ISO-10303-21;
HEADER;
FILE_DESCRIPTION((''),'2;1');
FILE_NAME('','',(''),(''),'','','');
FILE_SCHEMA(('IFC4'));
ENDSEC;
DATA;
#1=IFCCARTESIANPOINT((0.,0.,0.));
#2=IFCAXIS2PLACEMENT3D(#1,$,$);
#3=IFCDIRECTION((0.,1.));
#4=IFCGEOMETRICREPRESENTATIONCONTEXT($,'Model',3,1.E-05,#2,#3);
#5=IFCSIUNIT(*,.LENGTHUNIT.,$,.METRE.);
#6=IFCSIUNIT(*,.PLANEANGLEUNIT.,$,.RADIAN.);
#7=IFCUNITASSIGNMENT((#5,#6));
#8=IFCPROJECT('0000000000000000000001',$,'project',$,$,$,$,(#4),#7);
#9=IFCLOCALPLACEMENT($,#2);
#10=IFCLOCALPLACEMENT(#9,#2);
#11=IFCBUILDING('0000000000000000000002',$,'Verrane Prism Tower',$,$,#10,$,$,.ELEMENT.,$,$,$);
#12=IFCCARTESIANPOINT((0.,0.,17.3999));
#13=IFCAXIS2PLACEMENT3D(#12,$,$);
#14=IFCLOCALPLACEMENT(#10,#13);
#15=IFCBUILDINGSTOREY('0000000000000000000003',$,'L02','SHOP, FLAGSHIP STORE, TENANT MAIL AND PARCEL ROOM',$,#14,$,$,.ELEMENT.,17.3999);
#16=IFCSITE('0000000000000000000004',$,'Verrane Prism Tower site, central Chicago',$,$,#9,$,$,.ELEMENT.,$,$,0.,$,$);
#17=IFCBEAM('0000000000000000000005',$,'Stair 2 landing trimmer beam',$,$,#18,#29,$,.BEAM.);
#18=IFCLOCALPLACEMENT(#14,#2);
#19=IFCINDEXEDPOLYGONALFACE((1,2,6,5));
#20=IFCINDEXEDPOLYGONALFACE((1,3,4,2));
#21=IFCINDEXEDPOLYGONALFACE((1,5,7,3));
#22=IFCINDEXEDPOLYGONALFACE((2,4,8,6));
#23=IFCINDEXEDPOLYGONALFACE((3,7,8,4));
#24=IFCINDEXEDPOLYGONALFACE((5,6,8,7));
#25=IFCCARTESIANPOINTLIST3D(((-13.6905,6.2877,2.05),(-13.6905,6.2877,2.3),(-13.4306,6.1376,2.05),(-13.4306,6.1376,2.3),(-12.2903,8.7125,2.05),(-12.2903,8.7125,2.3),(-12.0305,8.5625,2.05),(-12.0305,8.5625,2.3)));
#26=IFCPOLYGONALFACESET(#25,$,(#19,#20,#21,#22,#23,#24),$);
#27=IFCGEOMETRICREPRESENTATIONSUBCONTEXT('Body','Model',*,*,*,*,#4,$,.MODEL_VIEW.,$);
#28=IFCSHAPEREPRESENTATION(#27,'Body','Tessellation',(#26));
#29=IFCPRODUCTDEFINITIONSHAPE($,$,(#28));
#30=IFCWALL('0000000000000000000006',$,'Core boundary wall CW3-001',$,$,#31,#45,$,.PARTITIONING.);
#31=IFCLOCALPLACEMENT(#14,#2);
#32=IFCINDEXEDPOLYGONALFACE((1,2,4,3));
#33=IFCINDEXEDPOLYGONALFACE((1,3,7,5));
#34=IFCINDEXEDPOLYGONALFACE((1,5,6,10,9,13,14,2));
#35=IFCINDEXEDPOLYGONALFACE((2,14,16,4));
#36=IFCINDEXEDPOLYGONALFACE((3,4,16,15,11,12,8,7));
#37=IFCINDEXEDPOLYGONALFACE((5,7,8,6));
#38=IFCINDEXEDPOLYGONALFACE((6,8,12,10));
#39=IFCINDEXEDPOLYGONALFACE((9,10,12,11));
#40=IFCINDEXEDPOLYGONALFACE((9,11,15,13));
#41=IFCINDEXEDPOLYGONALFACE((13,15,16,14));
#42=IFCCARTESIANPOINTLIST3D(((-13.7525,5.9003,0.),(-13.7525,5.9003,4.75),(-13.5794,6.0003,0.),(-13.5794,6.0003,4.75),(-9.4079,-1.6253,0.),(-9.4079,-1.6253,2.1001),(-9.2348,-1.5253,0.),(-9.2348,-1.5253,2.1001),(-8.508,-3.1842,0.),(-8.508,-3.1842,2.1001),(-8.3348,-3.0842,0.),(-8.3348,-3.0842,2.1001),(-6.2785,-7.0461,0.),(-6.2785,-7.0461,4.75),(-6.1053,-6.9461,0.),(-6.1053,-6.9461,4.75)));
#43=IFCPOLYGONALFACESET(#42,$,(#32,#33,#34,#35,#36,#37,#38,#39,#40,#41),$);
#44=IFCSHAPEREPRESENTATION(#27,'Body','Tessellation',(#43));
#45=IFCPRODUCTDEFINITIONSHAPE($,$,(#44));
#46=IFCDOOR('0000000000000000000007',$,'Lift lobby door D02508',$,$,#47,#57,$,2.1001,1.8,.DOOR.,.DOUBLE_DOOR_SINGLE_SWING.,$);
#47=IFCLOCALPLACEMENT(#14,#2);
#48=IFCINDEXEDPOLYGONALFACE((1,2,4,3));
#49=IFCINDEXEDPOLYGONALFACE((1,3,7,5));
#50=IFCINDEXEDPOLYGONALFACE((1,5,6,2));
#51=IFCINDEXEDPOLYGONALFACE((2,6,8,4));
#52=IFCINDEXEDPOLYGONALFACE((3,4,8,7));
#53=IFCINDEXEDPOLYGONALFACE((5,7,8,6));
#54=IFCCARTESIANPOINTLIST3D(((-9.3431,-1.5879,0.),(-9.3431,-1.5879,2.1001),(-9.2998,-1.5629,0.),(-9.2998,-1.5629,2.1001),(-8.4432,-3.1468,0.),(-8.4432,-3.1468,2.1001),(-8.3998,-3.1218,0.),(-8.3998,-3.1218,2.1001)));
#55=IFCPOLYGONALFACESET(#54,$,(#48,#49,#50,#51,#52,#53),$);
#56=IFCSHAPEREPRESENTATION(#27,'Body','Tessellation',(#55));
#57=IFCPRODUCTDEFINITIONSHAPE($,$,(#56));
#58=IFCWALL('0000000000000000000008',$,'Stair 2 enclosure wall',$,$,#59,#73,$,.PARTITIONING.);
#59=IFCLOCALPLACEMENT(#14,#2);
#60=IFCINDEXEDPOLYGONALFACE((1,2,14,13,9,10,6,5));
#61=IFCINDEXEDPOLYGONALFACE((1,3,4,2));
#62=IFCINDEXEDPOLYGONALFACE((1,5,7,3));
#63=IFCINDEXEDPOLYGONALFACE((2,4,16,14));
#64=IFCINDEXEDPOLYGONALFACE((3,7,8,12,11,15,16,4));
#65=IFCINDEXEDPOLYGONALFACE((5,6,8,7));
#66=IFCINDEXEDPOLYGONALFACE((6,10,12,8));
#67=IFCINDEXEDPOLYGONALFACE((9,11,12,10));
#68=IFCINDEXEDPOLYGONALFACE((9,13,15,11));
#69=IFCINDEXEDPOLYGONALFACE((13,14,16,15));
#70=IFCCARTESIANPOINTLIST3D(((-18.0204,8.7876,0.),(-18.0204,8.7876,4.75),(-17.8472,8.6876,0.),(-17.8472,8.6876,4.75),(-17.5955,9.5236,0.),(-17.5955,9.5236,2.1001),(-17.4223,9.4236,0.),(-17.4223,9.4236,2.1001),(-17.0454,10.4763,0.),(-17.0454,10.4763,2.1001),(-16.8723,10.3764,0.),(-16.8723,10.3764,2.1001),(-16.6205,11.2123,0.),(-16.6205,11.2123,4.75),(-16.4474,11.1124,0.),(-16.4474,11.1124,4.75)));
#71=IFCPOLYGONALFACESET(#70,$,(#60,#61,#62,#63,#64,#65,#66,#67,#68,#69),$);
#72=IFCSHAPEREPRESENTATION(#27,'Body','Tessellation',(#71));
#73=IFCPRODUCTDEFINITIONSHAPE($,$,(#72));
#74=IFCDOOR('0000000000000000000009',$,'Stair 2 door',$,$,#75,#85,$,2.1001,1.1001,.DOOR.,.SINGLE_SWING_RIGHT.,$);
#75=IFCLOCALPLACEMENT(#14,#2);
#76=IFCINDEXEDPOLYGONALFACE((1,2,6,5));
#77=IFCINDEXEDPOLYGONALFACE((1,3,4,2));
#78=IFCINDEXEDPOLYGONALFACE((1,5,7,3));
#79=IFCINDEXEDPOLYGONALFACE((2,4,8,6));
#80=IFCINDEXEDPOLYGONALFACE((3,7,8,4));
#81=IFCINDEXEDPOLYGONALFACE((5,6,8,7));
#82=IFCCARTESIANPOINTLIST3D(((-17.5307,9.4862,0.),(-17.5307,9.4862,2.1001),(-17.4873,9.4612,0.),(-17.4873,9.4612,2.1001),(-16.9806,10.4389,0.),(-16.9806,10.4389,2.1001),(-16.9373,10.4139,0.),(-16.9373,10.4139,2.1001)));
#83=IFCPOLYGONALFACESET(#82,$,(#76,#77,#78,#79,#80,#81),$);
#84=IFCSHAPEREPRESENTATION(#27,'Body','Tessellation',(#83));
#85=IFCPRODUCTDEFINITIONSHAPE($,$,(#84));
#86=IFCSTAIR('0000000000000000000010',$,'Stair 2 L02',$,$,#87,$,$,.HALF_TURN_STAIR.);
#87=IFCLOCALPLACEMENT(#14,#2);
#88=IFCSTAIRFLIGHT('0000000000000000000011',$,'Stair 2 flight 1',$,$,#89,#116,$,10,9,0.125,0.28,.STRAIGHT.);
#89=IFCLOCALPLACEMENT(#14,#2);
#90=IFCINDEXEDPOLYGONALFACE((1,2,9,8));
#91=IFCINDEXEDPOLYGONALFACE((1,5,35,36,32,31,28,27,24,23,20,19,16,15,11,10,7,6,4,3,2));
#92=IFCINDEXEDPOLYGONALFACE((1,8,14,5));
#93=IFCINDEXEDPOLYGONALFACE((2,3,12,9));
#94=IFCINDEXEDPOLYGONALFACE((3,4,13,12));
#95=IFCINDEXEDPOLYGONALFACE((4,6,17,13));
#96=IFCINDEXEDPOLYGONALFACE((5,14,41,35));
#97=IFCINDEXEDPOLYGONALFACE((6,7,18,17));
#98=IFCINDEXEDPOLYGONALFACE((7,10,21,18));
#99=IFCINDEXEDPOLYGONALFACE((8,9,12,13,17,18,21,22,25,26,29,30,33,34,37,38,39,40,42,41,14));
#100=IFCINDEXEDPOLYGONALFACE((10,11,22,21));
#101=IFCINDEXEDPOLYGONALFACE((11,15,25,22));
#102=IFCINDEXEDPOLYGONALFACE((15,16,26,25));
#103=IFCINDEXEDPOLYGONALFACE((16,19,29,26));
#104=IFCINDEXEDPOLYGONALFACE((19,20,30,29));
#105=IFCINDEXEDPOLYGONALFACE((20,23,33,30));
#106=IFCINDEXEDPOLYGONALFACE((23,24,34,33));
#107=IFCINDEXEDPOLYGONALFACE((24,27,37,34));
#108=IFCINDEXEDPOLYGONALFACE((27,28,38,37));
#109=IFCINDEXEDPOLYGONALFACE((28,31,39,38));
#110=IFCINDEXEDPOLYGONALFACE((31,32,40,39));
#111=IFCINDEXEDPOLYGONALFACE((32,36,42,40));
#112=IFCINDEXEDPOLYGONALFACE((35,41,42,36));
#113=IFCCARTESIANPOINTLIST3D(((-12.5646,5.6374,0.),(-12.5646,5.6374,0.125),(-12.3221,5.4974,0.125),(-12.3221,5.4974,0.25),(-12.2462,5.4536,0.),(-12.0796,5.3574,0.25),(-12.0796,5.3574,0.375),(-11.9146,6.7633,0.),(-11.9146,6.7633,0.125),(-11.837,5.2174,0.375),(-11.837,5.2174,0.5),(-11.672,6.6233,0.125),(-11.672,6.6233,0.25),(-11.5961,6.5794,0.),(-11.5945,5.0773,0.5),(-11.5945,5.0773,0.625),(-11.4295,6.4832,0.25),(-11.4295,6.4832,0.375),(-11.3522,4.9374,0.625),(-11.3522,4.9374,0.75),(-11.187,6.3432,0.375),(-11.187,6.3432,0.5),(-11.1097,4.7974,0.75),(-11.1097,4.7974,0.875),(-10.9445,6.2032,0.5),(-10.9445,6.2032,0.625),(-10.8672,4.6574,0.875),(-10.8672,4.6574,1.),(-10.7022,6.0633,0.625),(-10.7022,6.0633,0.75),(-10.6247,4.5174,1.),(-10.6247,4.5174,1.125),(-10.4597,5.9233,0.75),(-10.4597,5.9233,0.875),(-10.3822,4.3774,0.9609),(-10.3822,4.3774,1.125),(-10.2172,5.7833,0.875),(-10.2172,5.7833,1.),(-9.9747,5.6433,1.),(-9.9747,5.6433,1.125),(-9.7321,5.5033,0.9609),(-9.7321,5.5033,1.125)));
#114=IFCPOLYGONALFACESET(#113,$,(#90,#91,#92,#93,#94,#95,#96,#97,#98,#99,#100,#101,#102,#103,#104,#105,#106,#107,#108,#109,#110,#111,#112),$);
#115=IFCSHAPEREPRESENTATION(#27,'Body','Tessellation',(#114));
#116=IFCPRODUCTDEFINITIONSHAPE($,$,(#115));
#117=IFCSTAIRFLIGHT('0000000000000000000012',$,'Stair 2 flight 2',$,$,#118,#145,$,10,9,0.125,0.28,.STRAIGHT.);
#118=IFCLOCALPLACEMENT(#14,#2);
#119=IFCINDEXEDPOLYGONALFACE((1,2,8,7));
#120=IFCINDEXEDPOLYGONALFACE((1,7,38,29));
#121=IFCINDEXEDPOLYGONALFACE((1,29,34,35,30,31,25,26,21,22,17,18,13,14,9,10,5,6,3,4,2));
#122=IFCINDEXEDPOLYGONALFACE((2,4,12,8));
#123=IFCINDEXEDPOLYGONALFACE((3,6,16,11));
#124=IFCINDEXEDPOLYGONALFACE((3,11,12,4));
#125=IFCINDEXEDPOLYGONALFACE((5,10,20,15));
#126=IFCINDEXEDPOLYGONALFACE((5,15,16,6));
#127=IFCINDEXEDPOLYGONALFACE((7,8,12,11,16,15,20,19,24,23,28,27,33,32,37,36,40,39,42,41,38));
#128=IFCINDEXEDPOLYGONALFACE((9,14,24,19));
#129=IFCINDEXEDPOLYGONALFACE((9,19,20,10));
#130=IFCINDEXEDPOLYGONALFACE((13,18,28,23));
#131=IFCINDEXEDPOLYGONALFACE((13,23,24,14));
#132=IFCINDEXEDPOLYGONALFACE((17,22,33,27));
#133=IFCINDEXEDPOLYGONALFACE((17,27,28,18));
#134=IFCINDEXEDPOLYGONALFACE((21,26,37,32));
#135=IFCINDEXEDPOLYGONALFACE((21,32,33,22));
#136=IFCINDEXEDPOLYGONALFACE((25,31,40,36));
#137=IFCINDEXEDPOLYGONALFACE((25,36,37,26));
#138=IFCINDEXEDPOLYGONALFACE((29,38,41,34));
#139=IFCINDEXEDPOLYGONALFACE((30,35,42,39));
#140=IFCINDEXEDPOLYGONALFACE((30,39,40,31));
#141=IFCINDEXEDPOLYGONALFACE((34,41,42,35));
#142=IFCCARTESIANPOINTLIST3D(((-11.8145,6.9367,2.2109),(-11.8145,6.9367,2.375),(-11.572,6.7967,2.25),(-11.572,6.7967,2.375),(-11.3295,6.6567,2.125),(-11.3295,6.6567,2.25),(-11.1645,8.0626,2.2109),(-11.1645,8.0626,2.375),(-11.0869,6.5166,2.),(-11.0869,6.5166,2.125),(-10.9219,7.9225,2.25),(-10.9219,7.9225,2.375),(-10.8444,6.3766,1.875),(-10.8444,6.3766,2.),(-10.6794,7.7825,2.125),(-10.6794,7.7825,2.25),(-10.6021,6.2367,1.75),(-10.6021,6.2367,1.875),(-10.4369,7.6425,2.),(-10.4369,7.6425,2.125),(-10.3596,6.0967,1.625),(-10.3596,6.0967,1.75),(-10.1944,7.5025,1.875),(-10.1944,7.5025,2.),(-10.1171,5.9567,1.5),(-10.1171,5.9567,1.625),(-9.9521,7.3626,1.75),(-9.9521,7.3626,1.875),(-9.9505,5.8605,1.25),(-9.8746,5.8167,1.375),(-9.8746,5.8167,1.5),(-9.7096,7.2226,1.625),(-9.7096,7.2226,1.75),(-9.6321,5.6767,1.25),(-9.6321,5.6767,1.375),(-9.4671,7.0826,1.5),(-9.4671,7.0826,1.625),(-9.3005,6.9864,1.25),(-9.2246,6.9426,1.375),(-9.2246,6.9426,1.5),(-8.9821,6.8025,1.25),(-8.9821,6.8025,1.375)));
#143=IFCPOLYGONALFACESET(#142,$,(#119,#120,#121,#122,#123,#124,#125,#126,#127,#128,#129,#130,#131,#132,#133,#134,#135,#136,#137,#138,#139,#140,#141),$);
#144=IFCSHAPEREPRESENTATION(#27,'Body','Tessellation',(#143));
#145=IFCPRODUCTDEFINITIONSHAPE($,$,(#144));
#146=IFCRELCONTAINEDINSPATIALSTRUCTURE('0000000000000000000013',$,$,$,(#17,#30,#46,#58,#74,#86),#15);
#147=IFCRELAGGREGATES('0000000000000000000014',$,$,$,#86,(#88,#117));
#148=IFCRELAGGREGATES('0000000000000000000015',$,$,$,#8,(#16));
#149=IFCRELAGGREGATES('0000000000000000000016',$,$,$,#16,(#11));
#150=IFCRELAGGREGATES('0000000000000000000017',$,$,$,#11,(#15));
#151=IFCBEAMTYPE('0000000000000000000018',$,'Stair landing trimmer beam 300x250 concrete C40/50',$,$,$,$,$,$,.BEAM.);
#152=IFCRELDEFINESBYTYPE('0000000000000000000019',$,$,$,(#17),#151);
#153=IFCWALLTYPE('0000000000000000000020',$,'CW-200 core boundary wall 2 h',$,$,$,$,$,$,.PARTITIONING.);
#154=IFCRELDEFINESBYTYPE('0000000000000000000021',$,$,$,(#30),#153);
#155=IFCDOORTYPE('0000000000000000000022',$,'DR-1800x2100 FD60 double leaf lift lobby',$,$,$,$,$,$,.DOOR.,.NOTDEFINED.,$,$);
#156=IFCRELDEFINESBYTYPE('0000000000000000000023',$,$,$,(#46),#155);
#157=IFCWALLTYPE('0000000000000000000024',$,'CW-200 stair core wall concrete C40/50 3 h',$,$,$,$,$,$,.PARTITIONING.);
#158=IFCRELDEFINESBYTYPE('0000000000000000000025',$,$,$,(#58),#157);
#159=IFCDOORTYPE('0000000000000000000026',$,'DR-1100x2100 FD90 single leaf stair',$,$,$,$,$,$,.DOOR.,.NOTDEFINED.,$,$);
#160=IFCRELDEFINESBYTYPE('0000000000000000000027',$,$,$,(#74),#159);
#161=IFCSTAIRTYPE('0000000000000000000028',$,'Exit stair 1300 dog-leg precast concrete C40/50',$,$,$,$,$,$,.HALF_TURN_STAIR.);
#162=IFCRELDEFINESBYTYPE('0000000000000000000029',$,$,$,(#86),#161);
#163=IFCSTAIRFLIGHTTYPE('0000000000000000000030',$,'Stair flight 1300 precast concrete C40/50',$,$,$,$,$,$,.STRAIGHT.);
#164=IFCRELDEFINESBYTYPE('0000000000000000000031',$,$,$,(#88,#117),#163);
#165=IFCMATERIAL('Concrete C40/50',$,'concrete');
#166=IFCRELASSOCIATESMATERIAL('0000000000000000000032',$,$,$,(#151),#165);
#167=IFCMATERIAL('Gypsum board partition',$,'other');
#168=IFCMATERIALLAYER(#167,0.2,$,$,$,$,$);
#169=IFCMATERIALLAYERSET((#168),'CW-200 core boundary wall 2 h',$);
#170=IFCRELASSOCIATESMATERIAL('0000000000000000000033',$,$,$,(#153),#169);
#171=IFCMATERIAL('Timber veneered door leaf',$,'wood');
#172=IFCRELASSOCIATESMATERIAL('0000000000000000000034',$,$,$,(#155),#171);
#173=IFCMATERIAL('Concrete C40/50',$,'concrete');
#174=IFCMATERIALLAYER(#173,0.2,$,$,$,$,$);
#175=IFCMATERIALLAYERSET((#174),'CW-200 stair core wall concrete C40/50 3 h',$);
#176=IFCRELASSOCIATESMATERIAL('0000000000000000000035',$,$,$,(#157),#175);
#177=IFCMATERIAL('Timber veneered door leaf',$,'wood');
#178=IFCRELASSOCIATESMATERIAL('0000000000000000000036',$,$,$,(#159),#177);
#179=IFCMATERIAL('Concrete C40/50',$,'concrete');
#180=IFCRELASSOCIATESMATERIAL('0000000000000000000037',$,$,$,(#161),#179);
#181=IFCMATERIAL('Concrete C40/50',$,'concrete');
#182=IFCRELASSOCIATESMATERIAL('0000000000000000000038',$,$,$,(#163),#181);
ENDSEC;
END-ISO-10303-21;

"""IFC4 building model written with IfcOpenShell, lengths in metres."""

from ifc_helpers import new_model, si_unit, direction, frame, frame_2d, origin, origin_2d, place, context, subcontext, project, spatial, polyline, rectangle, outline, extrude, material, layer, layer_set, material_profile, profile_set, type_object, element, fill, aggregate, save


model = new_model("IFC4")

# Units and contexts
model_context = context("Model", 3, precision=1e-05, world=origin(), true_north=direction((0.0, 1.0)))
body_context = subcontext(model_context, "Body", "Model", "MODEL_VIEW")
ifc_project = project(units=[si_unit("LENGTHUNIT", "METRE"), si_unit("PLANEANGLEUNIT", "RADIAN")], contexts=[model_context])

# Site, building, storey
site_placement = place(None, origin())
site = spatial("IfcSite", under=ifc_project, at=site_placement, Name="Verrane Prism Tower site, central Chicago", CompositionType="ELEMENT", RefElevation=0.0)
building_placement = place(site_placement, origin())
building = spatial("IfcBuilding", under=site, at=building_placement, Name="Verrane Prism Tower", CompositionType="ELEMENT")
storey_placement = place(building_placement, frame((0.0, 0.0, 17.3999)))
storey = spatial("IfcBuildingStorey", under=building, at=storey_placement, Name="L02", Description="SHOP, FLAGSHIP STORE, TENANT MAIL AND PARCEL ROOM", CompositionType="ELEMENT", Elevation=17.3999)

# Beam
ifc_material_1 = material(Name="Concrete C40/50", Category="concrete")
ifc_material_profile_1 = material_profile(ifc_material_1, rectangle(XDim=0.3, YDim=0.25, at=origin_2d()), Name="RC 300x250")
ifc_profile_set_1 = profile_set([ifc_material_profile_1], Name="Concrete C40/50")
beam_type_1 = type_object("IfcBeamType", Name="Stair landing trimmer beam 300x250 concrete C40/50", PredefinedType="BEAM", material=ifc_profile_set_1)
beam_1_placement = place(storey_placement, frame((-13.5605, 6.2126, 2.175), z_axis=(0.50005, 0.865997, 0.0), x_axis=(-0.865997, 0.50005, 0.0)))
element("IfcBeam", 1, at=beam_1_placement, inside=storey, type_object=beam_type_1, Name="Stair 2 landing trimmer beam", PredefinedType="BEAM", context=body_context, shape_type="SweptSolid", body=[
    extrude(rectangle(XDim=0.3, YDim=0.25, at=origin_2d()), origin(), (0.0, 0.0, 1.0), 2.8),
])

# Walls, openings, doors
ifc_material_2 = material(Name="Gypsum board partition", Category="other")
ifc_layer_1 = layer(ifc_material_2, 0.2)
ifc_layer_set_1 = layer_set([ifc_layer_1], Name="CW-200 core boundary wall 2 h")
wall_type_1 = type_object("IfcWallType", Name="CW-200 core boundary wall 2 h", PredefinedType="PARTITIONING", material=ifc_layer_set_1)
wall_1_placement = place(storey_placement, frame((-13.666, 5.9504, 0.0), z_axis=(0.0, 0.0, 1.0), x_axis=(0.499972, -0.866042, 0.0)))
wall_1 = element("IfcWall", 2, at=wall_1_placement, inside=storey, type_object=wall_type_1, Name="Core boundary wall CW3-001", PredefinedType="PARTITIONING", context=body_context, shape_type="SweptSolid", body=[
    extrude(rectangle(XDim=14.949, YDim=0.2, at=frame_2d((7.4746, 0.0))), origin(), (0.0, 0.0, 1.0), 4.75),
])
opening_1_placement = place(wall_1_placement, frame((8.6899, 0.0, 0.0)))
opening_1 = element("IfcOpeningElement", 3, at=opening_1_placement, cuts=wall_1, PredefinedType="OPENING", context=body_context, shape_type="SweptSolid", body=[
    extrude(rectangle(XDim=1.8, YDim=2.1001, at=frame_2d((0.8999, 1.05))), frame((0.0, 0.1099, 0.0), z_axis=(0.0, -1.0, 0.0), x_axis=(1.0, 0.0, 0.0)), (0.0, 0.0, 1.0), 0.22),
])
ifc_material_3 = material(Name="Timber veneered door leaf", Category="wood")
door_type_1 = type_object("IfcDoorType", Name="DR-1800x2100 FD60 double leaf lift lobby", OperationType="NOTDEFINED", PredefinedType="DOOR", material=ifc_material_3)
door_1_placement = place(opening_1_placement, origin())
door_1 = element("IfcDoor", 4, at=door_1_placement, inside=storey, type_object=door_type_1, Name="Lift lobby door D02508", OperationType="DOUBLE_DOOR_SINGLE_SWING", OverallHeight=2.1001, OverallWidth=1.8, PredefinedType="DOOR", context=body_context, shape_type="SweptSolid", body=[
    extrude(rectangle(XDim=1.8, YDim=2.1001, at=frame_2d((0.8999, 1.05))), frame((0.0, 0.0249, 0.0), z_axis=(0.0, -1.0, 0.0), x_axis=(1.0, 0.0, 0.0)), (0.0, 0.0, 1.0), 0.05),
])
fill(opening_1, door_1)
ifc_material_4 = material(Name="Concrete C40/50", Category="concrete")
ifc_layer_2 = layer(ifc_material_4, 0.2)
ifc_layer_set_2 = layer_set([ifc_layer_2], Name="CW-200 stair core wall concrete C40/50 3 h")
wall_type_2 = type_object("IfcWallType", Name="CW-200 stair core wall concrete C40/50 3 h", PredefinedType="PARTITIONING", material=ifc_layer_set_2)
wall_2_placement = place(storey_placement, frame((-16.5339, 11.1624, 0.0), z_axis=(0.0, 0.0, 1.0), x_axis=(-0.499984, -0.866035, 0.0)))
wall_2 = element("IfcWall", 5, at=wall_2_placement, inside=storey, type_object=wall_type_2, Name="Stair 2 enclosure wall", PredefinedType="PARTITIONING", context=body_context, shape_type="SweptSolid", body=[
    extrude(rectangle(XDim=2.7998, YDim=0.2, at=frame_2d((1.3999, 0.0))), origin(), (0.0, 0.0, 1.0), 4.75),
])
opening_2_placement = place(wall_2_placement, frame((0.8499, 0.0, 0.0)))
opening_2 = element("IfcOpeningElement", 6, at=opening_2_placement, cuts=wall_2, PredefinedType="OPENING", context=body_context, shape_type="SweptSolid", body=[
    extrude(rectangle(XDim=1.1001, YDim=2.1001, at=frame_2d((0.55, 1.05))), frame((0.0, 0.1099, 0.0), z_axis=(0.0, -1.0, 0.0), x_axis=(1.0, 0.0, 0.0)), (0.0, 0.0, 1.0), 0.22),
])
ifc_material_5 = material(Name="Timber veneered door leaf", Category="wood")
door_type_2 = type_object("IfcDoorType", Name="DR-1100x2100 FD90 single leaf stair", OperationType="NOTDEFINED", PredefinedType="DOOR", material=ifc_material_5)
door_2_placement = place(opening_2_placement, origin())
door_2 = element("IfcDoor", 7, at=door_2_placement, inside=storey, type_object=door_type_2, Name="Stair 2 door", OperationType="SINGLE_SWING_RIGHT", OverallHeight=2.1001, OverallWidth=1.1001, PredefinedType="DOOR", context=body_context, shape_type="SweptSolid", body=[
    extrude(rectangle(XDim=1.1001, YDim=2.1001, at=frame_2d((0.55, 1.05))), frame((0.0, 0.0249, 0.0), z_axis=(0.0, -1.0, 0.0), x_axis=(1.0, 0.0, 0.0)), (0.0, 0.0, 1.0), 0.05),
])
fill(opening_2, door_2)

# Stair, stair flights
ifc_material_6 = material(Name="Concrete C40/50", Category="concrete")
stair_type = type_object("IfcStairType", Name="Exit stair 1300 dog-leg precast concrete C40/50", PredefinedType="HALF_TURN_STAIR", material=ifc_material_6)
stair_placement = place(storey_placement, origin())
stair = element("IfcStair", 8, at=stair_placement, inside=storey, type_object=stair_type, Name="Stair 2 L02", PredefinedType="HALF_TURN_STAIR")
ifc_material_7 = material(Name="Concrete C40/50", Category="concrete")
stair_flight_type = type_object("IfcStairFlightType", Name="Stair flight 1300 precast concrete C40/50", PredefinedType="STRAIGHT", material=ifc_material_7)
stair_flight_1_placement = place(storey_placement, frame((-12.2395, 6.2004, 0.0), z_axis=(0.0, 0.0, 1.0), x_axis=(0.866025, -0.5, 0.0)))
stair_flight_1 = element("IfcStairFlight", 9, at=stair_flight_1_placement, type_object=stair_flight_type, Name="Stair 2 flight 1", NumberOfRisers=10, NumberOfTreads=9, PredefinedType="STRAIGHT", RiserHeight=0.125, TreadLength=0.28, context=body_context, shape_type="SweptSolid", body=[
    extrude(outline(polyline([(0.0, 0.0), (0.0, 0.125), (0.28, 0.125), (0.28, 0.25), (0.5601, 0.25), (0.5601, 0.375), (0.8401, 0.375), (0.8401, 0.5), (1.1201, 0.5), (1.1201, 0.625), (1.3999, 0.625), (1.3999, 0.75), (1.6799, 0.75), (1.6799, 0.875), (1.96, 0.875), (1.96, 1.0), (2.24, 1.0), (2.24, 1.125), (2.52, 1.125), (2.52, 1.25), (2.52, 0.9609), (0.3677, 0.0), (0.0, 0.0)])), frame((0.0, 0.6499, 0.0), z_axis=(0.0, -1.0, 0.0), x_axis=(1.0, 0.0, 0.0)), (0.0, 0.0, 1.0), 1.3),
])
stair_flight_2_placement = place(storey_placement, frame((-9.3071, 6.2395, 1.25), z_axis=(0.0, 0.0, 1.0), x_axis=(-0.866025, 0.5, 0.0)))
stair_flight_2 = element("IfcStairFlight", 10, at=stair_flight_2_placement, type_object=stair_flight_type, Name="Stair 2 flight 2", NumberOfRisers=10, NumberOfTreads=9, PredefinedType="STRAIGHT", RiserHeight=0.125, TreadLength=0.28, context=body_context, shape_type="SweptSolid", body=[
    extrude(outline(polyline([(0.0, 0.0), (0.0, 0.125), (0.28, 0.125), (0.28, 0.25), (0.5601, 0.25), (0.5601, 0.375), (0.8401, 0.375), (0.8401, 0.5), (1.1201, 0.5), (1.1201, 0.625), (1.3999, 0.625), (1.3999, 0.75), (1.6799, 0.75), (1.6799, 0.875), (1.96, 0.875), (1.96, 1.0), (2.24, 1.0), (2.24, 1.125), (2.52, 1.125), (2.52, 1.25), (2.52, 0.9609), (0.3677, 0.0), (0.0, 0.0)])), frame((0.0, 0.6499, 0.0), z_axis=(0.0, -1.0, 0.0), x_axis=(1.0, 0.0, 0.0)), (0.0, 0.0, 1.0), 1.3),
])
aggregate(stair, [stair_flight_1, stair_flight_2])

save(model, "model.ifc")
